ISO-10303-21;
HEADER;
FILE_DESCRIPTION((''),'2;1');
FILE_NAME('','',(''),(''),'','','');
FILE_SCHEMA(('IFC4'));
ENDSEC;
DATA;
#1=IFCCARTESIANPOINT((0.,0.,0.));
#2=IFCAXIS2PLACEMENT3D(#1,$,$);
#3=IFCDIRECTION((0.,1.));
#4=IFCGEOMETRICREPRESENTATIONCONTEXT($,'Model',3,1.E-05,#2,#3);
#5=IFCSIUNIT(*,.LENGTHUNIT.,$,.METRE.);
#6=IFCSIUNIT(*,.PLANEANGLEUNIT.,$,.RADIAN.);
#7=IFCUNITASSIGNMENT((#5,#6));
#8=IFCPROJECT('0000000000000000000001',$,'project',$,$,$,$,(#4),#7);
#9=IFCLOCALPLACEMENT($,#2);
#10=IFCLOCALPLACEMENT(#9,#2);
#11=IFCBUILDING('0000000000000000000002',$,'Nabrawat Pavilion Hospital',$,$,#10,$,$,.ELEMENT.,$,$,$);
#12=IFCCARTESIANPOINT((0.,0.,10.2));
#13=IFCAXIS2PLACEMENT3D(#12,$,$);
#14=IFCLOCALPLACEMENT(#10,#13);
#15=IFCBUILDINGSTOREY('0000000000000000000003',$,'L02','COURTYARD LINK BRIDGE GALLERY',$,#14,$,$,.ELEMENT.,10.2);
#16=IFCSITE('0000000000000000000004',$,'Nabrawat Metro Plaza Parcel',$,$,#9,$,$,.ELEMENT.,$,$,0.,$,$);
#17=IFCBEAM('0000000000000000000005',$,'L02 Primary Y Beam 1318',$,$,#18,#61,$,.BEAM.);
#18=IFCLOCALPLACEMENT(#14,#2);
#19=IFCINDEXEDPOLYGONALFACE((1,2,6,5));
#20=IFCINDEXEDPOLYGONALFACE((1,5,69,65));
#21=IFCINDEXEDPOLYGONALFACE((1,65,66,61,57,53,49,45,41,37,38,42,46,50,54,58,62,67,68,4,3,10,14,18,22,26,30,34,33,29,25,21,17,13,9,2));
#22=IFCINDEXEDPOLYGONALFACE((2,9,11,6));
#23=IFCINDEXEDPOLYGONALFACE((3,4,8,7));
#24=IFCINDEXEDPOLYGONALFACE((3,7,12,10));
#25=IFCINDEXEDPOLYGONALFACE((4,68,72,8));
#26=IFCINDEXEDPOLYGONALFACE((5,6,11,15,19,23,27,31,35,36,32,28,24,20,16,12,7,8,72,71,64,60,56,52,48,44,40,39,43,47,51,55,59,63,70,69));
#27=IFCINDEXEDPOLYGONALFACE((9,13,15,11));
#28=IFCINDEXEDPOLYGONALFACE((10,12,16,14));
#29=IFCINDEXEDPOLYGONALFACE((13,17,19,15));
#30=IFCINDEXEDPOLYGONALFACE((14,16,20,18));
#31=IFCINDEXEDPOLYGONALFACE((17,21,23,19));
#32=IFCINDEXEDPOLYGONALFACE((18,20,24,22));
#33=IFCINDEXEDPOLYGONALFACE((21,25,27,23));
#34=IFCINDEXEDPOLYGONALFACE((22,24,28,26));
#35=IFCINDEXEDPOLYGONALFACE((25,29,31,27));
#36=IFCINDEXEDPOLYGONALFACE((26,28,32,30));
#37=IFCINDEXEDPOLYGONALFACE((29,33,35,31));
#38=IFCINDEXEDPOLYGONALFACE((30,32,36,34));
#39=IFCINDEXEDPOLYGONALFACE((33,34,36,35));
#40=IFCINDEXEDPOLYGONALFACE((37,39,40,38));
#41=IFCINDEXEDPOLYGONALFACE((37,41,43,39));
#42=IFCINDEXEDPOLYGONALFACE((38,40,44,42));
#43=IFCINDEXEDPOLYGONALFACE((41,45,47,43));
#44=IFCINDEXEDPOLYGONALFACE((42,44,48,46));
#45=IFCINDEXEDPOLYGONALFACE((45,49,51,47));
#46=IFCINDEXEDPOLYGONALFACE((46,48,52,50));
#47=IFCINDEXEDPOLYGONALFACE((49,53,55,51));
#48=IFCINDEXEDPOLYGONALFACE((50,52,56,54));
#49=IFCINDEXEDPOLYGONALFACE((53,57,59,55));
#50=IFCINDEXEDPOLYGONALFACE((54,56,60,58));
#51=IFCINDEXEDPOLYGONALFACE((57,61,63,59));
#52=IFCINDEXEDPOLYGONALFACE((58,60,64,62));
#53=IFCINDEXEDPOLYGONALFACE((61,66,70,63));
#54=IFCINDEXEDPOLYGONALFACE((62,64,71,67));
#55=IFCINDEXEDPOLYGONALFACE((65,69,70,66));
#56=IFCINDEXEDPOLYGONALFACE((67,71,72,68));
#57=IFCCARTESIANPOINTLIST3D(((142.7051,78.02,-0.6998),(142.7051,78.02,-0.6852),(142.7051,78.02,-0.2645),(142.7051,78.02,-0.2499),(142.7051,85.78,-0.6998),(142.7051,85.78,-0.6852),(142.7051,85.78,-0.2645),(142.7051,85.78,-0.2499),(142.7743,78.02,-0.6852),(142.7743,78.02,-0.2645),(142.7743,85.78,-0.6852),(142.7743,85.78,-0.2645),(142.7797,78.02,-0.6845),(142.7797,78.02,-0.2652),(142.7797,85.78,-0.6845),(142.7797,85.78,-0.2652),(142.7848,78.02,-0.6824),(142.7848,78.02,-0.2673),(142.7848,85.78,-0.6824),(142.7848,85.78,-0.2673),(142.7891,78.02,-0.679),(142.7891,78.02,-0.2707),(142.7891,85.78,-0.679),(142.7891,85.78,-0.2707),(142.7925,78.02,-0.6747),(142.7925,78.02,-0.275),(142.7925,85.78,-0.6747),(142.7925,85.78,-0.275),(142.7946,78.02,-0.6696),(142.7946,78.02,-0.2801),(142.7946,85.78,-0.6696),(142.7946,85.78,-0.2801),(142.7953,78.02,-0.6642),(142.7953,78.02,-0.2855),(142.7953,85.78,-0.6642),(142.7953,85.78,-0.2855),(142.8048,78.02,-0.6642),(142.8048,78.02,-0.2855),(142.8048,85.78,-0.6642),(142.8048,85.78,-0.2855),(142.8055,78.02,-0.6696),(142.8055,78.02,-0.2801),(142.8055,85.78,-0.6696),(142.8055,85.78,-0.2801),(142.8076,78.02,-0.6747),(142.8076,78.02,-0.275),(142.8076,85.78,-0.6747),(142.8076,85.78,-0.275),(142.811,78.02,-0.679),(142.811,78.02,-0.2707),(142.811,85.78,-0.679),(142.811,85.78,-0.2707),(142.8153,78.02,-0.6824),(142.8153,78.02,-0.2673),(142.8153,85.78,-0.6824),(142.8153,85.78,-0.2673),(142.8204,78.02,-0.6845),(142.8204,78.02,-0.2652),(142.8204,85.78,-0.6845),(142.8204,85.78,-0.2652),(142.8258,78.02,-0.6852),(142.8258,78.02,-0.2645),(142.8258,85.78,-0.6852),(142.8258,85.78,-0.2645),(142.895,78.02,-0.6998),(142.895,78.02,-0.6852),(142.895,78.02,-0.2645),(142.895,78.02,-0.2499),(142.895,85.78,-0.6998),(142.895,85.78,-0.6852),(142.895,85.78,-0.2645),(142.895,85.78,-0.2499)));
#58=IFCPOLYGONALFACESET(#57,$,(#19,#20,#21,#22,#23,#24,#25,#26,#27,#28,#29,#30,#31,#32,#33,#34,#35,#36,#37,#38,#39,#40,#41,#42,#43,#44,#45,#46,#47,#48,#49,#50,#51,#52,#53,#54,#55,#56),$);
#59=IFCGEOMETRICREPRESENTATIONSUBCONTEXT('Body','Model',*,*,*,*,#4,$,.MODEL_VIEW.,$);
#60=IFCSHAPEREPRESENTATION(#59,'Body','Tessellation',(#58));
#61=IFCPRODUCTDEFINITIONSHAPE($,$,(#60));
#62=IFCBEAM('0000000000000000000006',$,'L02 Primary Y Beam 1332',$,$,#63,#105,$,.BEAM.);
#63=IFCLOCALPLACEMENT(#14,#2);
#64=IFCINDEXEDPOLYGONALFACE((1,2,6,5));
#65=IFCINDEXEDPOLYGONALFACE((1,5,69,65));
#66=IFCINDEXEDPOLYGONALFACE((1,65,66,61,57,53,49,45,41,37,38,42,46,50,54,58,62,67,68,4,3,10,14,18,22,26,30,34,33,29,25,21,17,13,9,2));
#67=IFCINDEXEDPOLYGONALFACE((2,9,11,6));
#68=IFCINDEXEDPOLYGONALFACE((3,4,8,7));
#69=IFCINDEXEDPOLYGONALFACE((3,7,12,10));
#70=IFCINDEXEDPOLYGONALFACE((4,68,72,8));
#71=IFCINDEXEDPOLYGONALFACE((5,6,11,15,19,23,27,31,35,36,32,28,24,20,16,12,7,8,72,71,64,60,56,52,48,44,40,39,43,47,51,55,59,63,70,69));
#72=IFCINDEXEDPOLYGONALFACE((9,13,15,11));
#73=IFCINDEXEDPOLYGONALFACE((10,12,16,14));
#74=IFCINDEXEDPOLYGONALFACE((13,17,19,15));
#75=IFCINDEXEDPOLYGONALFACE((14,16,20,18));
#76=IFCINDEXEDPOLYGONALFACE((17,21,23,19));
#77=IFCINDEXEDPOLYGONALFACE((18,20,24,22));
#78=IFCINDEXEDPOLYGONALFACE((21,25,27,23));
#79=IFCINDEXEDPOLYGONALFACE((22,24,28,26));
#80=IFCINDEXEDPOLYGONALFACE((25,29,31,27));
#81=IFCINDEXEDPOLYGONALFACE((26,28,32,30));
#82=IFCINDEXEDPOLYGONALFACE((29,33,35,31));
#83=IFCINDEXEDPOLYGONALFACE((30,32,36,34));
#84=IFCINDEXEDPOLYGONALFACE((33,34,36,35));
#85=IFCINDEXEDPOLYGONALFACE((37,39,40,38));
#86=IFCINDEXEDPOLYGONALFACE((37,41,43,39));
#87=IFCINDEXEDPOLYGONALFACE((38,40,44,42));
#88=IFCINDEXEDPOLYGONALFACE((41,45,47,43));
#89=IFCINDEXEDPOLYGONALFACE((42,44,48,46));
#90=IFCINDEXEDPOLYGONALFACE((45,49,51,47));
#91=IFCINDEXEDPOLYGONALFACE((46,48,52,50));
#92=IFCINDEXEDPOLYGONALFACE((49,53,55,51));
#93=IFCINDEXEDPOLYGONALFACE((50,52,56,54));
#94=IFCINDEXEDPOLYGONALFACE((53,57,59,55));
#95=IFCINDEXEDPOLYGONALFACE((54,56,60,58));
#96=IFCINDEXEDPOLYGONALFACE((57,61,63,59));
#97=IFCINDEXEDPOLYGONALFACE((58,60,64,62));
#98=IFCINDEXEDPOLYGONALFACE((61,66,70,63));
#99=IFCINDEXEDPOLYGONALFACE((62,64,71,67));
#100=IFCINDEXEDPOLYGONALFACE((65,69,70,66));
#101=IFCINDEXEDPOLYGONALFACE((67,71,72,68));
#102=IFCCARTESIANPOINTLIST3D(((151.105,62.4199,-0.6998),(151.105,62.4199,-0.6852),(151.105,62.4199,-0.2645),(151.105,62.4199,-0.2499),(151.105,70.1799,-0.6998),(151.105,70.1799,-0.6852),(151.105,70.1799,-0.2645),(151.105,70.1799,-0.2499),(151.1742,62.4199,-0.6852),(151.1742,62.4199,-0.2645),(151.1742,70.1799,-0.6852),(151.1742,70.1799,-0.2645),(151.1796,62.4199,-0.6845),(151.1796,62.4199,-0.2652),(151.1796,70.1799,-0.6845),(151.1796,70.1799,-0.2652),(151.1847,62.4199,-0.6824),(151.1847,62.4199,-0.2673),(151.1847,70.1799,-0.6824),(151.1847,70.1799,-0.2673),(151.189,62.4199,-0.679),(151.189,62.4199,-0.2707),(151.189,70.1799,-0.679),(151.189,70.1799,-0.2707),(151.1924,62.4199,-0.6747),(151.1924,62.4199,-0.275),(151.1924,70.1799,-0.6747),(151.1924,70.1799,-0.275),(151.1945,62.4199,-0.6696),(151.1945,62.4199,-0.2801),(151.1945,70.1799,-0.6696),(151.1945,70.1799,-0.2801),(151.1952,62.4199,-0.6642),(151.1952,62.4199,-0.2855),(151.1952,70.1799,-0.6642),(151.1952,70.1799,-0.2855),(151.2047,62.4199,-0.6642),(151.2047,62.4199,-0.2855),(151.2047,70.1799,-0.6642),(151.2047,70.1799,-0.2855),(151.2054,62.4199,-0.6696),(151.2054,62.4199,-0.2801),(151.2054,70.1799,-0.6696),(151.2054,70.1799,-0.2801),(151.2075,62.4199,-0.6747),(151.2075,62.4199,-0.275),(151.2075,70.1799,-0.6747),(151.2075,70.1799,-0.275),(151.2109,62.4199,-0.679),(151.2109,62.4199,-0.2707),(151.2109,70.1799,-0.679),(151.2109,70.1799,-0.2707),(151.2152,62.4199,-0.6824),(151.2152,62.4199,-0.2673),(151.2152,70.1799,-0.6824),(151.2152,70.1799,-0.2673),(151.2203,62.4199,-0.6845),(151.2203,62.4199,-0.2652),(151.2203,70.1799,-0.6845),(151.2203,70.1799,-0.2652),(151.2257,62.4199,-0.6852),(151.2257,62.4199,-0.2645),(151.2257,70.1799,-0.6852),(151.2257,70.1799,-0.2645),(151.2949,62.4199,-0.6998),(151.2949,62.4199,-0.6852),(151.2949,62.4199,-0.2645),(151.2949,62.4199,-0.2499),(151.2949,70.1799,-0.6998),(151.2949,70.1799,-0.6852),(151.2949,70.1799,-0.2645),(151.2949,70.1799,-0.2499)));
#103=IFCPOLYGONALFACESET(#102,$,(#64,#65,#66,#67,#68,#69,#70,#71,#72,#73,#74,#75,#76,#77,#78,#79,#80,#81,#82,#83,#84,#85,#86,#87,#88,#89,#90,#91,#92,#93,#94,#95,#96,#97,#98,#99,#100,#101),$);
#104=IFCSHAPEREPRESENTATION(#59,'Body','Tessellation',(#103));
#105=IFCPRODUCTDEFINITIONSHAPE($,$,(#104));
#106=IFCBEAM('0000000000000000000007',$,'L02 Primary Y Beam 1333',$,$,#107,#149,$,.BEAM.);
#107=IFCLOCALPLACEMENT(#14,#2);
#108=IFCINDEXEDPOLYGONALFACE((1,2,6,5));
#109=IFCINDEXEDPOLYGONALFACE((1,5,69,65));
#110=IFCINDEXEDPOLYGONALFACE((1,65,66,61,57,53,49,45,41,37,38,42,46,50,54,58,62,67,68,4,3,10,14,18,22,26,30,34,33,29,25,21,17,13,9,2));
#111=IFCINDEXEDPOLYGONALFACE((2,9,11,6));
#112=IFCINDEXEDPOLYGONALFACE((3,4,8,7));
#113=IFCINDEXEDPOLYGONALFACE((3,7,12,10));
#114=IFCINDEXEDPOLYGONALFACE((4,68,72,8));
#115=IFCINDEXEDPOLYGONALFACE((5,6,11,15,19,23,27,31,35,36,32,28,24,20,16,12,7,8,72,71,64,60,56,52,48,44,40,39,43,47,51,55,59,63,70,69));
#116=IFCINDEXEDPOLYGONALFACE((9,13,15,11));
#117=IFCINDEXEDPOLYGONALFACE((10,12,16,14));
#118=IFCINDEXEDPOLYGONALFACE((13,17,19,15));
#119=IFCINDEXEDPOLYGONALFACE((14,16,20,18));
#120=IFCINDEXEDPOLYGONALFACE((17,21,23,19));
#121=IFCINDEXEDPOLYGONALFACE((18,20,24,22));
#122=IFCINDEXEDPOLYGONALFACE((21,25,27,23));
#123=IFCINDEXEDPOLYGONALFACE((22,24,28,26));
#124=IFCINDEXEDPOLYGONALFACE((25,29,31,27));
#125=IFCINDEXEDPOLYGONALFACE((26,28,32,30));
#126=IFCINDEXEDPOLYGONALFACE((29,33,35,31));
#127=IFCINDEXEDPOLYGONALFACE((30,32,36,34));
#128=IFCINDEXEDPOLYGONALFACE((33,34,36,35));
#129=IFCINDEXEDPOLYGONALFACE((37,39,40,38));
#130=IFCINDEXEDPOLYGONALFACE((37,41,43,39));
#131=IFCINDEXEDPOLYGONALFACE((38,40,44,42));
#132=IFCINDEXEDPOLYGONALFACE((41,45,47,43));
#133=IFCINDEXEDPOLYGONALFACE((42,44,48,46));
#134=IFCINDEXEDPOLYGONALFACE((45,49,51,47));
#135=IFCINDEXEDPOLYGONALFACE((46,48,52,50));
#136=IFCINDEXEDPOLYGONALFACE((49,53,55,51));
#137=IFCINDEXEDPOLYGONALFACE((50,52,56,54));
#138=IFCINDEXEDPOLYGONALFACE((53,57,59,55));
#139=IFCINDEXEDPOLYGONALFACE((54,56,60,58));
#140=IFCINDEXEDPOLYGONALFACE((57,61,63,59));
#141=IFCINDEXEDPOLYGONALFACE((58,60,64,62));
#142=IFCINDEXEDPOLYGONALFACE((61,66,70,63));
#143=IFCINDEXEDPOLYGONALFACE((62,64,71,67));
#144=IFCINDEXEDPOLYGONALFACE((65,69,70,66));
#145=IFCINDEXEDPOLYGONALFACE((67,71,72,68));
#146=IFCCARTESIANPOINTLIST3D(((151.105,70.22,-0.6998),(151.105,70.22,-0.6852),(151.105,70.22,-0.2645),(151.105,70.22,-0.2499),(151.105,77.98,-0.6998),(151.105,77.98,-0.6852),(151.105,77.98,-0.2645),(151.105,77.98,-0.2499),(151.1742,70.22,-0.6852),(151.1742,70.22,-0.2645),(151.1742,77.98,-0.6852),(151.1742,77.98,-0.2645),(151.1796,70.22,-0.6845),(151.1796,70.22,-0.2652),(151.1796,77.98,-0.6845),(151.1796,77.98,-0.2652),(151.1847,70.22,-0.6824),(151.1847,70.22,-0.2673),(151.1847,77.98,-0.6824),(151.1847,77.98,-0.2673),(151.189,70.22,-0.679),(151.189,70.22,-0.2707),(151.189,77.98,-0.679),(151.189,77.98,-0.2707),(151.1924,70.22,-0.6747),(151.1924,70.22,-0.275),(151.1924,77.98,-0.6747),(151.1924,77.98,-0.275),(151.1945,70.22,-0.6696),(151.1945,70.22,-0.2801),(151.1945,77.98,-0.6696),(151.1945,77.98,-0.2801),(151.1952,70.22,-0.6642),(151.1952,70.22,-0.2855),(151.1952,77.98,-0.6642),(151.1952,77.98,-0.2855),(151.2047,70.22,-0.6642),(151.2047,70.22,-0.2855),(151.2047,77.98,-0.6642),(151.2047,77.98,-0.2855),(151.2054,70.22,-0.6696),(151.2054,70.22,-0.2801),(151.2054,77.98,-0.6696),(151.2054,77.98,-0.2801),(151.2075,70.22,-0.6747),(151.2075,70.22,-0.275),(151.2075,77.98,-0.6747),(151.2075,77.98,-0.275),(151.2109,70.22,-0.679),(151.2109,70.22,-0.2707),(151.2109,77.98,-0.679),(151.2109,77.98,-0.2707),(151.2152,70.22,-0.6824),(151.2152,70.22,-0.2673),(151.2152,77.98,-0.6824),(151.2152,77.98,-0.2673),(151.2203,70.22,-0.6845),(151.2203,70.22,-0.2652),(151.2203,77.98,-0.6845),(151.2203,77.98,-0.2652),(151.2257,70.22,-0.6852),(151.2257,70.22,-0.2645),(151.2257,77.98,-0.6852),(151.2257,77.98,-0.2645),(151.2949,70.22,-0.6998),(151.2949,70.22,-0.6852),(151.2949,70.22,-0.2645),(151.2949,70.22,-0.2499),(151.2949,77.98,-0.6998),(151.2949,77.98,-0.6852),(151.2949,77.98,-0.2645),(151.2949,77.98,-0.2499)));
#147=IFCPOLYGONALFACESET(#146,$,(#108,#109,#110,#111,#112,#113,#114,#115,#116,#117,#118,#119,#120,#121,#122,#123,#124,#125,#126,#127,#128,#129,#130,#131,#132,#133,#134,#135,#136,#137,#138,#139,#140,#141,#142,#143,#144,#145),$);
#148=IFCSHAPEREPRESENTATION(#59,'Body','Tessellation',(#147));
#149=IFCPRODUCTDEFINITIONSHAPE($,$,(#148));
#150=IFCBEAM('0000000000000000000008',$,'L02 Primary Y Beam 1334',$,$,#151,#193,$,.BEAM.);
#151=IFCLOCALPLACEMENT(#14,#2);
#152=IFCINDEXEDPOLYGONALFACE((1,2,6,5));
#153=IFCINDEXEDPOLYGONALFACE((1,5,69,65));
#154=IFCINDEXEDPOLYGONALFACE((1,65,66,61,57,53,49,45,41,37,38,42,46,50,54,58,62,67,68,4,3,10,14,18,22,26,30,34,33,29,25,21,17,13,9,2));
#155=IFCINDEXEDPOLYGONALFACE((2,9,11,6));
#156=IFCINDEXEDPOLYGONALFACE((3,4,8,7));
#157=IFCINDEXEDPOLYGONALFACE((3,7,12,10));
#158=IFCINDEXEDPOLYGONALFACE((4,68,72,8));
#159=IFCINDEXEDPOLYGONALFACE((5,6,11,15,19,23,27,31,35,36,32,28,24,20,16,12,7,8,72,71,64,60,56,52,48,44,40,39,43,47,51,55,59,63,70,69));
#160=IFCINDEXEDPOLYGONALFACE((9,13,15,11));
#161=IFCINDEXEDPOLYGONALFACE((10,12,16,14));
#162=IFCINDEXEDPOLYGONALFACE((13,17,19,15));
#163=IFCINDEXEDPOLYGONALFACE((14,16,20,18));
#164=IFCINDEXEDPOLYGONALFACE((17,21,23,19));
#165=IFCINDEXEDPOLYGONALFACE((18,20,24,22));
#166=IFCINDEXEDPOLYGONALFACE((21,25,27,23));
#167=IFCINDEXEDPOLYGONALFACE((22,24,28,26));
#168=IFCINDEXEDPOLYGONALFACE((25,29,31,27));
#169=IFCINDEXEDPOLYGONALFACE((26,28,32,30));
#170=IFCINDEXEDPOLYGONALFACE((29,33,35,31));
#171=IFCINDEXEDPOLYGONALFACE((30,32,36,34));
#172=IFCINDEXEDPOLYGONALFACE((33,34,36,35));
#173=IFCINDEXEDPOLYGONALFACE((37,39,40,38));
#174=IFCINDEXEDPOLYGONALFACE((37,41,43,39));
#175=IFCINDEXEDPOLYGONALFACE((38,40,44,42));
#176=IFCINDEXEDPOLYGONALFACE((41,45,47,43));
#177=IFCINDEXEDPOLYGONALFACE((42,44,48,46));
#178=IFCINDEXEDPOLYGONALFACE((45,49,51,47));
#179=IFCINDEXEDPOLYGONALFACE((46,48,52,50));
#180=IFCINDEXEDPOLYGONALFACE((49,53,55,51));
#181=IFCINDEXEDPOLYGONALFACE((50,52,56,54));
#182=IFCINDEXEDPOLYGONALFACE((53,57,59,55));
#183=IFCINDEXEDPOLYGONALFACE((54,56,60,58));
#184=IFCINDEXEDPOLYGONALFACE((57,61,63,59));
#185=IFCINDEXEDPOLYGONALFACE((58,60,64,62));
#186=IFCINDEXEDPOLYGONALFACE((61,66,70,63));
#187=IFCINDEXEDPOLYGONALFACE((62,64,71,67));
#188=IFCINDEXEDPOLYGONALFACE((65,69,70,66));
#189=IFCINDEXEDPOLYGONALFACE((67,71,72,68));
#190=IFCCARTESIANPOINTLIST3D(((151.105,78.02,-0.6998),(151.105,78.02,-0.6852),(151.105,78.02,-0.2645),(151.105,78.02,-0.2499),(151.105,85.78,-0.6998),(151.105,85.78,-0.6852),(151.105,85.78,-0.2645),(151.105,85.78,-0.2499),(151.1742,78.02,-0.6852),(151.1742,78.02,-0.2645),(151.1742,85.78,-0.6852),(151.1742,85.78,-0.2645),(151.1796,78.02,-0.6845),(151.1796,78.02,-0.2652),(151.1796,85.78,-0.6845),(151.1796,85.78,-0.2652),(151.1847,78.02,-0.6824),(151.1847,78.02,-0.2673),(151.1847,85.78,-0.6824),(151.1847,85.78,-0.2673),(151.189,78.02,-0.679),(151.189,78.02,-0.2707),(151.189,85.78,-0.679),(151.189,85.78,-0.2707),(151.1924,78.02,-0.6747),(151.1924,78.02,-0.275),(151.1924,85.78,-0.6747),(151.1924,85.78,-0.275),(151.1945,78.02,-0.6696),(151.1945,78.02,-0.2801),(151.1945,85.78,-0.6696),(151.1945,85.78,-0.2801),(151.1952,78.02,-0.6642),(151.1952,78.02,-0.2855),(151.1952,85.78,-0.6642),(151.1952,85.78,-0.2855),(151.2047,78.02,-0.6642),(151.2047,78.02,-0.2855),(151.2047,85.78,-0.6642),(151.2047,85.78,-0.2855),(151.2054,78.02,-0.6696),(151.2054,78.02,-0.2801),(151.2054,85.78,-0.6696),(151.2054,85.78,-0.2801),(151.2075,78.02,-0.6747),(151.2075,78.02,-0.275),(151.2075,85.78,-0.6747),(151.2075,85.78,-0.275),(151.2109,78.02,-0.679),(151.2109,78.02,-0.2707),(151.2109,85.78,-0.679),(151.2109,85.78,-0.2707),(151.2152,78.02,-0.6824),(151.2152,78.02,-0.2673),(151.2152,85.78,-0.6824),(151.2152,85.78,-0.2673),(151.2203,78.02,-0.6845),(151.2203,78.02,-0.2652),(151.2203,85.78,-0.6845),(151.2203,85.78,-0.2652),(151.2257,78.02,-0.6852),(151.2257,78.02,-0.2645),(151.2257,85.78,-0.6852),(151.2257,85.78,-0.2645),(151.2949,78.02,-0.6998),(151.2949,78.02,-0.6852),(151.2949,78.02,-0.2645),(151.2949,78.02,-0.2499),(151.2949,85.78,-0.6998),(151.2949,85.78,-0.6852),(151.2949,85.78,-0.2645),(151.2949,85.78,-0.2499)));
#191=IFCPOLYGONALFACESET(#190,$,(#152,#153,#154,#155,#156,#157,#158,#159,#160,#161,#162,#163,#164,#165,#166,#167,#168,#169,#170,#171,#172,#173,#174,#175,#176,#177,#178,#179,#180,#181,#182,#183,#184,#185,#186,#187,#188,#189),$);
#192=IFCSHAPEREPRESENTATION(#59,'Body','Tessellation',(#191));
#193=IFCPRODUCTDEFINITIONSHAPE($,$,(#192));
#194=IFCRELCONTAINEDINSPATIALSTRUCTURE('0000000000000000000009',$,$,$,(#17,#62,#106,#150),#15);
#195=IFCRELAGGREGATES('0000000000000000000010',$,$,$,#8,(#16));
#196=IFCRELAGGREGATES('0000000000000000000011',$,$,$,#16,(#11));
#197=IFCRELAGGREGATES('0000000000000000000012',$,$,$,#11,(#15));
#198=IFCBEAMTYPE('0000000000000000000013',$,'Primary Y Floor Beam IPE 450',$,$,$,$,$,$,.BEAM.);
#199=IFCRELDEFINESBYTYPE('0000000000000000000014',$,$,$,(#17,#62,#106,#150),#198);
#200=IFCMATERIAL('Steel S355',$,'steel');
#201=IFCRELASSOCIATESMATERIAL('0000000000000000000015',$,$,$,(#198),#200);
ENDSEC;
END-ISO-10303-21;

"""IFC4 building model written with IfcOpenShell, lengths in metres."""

from ifc_helpers import new_model, si_unit, direction, frame, origin, origin_2d, place, context, subcontext, project, spatial, i_section, extrude, material, material_profile, profile_set, type_object, element, save


model = new_model("IFC4")

# Units and contexts
model_context = context("Model", 3, precision=1e-05, world=origin(), true_north=direction((0.0, 1.0)))
body_context = subcontext(model_context, "Body", "Model", "MODEL_VIEW")
ifc_project = project(units=[si_unit("LENGTHUNIT", "METRE"), si_unit("PLANEANGLEUNIT", "RADIAN")], contexts=[model_context])

# Site, building, storey
site_placement = place(None, origin())
site = spatial("IfcSite", under=ifc_project, at=site_placement, Name="Nabrawat Metro Plaza Parcel", CompositionType="ELEMENT", RefElevation=0.0)
building_placement = place(site_placement, origin())
building = spatial("IfcBuilding", under=site, at=building_placement, Name="Nabrawat Pavilion Hospital", CompositionType="ELEMENT")
storey_placement = place(building_placement, frame((0.0, 0.0, 10.2)))
storey = spatial("IfcBuildingStorey", under=building, at=storey_placement, Name="L02", Description="COURTYARD LINK BRIDGE GALLERY", CompositionType="ELEMENT", Elevation=10.2)

# Beams
ifc_material_1 = material(Name="Steel S355", Category="steel")
ifc_material_profile_1 = material_profile(ifc_material_1, i_section(OverallWidth=0.1899, OverallDepth=0.45, WebThickness=0.0095, FlangeThickness=0.0146, FilletRadius=0.021, at=origin_2d()), Name="IPE 450")
ifc_profile_set_1 = profile_set([ifc_material_profile_1], Name="Steel S355")
beam_type_1 = type_object("IfcBeamType", Name="Primary Y Floor Beam IPE 450", PredefinedType="BEAM", material=ifc_profile_set_1)
for number, where, z_axis, x_axis, name in (
    (1, (142.8, 78.02, -0.4749), (0.0, 1.0, 0.0), (-1.0, 0.0, 0.0), "L02 Primary Y Beam 1318"),
    (2, (151.2, 62.4199, -0.4749), (0.0, 1.0, 0.0), (-1.0, 0.0, 0.0), "L02 Primary Y Beam 1332"),
    (3, (151.2, 70.22, -0.4749), (0.0, 1.0, 0.0), (-1.0, 0.0, 0.0), "L02 Primary Y Beam 1333"),
    (4, (151.2, 78.02, -0.4749), (0.0, 1.0, 0.0), (-1.0, 0.0, 0.0), "L02 Primary Y Beam 1334"),
):
    element("IfcBeam", number, at=place(storey_placement, frame(where, z_axis=z_axis, x_axis=x_axis)), inside=storey, type_object=beam_type_1, Name=name, PredefinedType="BEAM", context=body_context, shape_type="SweptSolid", body=[
        extrude(i_section(OverallWidth=0.1899, OverallDepth=0.45, WebThickness=0.0095, FlangeThickness=0.0146, FilletRadius=0.021, at=origin_2d()), origin(), (0.0, 0.0, 1.0), 7.76),
    ])

save(model, "model.ifc")
